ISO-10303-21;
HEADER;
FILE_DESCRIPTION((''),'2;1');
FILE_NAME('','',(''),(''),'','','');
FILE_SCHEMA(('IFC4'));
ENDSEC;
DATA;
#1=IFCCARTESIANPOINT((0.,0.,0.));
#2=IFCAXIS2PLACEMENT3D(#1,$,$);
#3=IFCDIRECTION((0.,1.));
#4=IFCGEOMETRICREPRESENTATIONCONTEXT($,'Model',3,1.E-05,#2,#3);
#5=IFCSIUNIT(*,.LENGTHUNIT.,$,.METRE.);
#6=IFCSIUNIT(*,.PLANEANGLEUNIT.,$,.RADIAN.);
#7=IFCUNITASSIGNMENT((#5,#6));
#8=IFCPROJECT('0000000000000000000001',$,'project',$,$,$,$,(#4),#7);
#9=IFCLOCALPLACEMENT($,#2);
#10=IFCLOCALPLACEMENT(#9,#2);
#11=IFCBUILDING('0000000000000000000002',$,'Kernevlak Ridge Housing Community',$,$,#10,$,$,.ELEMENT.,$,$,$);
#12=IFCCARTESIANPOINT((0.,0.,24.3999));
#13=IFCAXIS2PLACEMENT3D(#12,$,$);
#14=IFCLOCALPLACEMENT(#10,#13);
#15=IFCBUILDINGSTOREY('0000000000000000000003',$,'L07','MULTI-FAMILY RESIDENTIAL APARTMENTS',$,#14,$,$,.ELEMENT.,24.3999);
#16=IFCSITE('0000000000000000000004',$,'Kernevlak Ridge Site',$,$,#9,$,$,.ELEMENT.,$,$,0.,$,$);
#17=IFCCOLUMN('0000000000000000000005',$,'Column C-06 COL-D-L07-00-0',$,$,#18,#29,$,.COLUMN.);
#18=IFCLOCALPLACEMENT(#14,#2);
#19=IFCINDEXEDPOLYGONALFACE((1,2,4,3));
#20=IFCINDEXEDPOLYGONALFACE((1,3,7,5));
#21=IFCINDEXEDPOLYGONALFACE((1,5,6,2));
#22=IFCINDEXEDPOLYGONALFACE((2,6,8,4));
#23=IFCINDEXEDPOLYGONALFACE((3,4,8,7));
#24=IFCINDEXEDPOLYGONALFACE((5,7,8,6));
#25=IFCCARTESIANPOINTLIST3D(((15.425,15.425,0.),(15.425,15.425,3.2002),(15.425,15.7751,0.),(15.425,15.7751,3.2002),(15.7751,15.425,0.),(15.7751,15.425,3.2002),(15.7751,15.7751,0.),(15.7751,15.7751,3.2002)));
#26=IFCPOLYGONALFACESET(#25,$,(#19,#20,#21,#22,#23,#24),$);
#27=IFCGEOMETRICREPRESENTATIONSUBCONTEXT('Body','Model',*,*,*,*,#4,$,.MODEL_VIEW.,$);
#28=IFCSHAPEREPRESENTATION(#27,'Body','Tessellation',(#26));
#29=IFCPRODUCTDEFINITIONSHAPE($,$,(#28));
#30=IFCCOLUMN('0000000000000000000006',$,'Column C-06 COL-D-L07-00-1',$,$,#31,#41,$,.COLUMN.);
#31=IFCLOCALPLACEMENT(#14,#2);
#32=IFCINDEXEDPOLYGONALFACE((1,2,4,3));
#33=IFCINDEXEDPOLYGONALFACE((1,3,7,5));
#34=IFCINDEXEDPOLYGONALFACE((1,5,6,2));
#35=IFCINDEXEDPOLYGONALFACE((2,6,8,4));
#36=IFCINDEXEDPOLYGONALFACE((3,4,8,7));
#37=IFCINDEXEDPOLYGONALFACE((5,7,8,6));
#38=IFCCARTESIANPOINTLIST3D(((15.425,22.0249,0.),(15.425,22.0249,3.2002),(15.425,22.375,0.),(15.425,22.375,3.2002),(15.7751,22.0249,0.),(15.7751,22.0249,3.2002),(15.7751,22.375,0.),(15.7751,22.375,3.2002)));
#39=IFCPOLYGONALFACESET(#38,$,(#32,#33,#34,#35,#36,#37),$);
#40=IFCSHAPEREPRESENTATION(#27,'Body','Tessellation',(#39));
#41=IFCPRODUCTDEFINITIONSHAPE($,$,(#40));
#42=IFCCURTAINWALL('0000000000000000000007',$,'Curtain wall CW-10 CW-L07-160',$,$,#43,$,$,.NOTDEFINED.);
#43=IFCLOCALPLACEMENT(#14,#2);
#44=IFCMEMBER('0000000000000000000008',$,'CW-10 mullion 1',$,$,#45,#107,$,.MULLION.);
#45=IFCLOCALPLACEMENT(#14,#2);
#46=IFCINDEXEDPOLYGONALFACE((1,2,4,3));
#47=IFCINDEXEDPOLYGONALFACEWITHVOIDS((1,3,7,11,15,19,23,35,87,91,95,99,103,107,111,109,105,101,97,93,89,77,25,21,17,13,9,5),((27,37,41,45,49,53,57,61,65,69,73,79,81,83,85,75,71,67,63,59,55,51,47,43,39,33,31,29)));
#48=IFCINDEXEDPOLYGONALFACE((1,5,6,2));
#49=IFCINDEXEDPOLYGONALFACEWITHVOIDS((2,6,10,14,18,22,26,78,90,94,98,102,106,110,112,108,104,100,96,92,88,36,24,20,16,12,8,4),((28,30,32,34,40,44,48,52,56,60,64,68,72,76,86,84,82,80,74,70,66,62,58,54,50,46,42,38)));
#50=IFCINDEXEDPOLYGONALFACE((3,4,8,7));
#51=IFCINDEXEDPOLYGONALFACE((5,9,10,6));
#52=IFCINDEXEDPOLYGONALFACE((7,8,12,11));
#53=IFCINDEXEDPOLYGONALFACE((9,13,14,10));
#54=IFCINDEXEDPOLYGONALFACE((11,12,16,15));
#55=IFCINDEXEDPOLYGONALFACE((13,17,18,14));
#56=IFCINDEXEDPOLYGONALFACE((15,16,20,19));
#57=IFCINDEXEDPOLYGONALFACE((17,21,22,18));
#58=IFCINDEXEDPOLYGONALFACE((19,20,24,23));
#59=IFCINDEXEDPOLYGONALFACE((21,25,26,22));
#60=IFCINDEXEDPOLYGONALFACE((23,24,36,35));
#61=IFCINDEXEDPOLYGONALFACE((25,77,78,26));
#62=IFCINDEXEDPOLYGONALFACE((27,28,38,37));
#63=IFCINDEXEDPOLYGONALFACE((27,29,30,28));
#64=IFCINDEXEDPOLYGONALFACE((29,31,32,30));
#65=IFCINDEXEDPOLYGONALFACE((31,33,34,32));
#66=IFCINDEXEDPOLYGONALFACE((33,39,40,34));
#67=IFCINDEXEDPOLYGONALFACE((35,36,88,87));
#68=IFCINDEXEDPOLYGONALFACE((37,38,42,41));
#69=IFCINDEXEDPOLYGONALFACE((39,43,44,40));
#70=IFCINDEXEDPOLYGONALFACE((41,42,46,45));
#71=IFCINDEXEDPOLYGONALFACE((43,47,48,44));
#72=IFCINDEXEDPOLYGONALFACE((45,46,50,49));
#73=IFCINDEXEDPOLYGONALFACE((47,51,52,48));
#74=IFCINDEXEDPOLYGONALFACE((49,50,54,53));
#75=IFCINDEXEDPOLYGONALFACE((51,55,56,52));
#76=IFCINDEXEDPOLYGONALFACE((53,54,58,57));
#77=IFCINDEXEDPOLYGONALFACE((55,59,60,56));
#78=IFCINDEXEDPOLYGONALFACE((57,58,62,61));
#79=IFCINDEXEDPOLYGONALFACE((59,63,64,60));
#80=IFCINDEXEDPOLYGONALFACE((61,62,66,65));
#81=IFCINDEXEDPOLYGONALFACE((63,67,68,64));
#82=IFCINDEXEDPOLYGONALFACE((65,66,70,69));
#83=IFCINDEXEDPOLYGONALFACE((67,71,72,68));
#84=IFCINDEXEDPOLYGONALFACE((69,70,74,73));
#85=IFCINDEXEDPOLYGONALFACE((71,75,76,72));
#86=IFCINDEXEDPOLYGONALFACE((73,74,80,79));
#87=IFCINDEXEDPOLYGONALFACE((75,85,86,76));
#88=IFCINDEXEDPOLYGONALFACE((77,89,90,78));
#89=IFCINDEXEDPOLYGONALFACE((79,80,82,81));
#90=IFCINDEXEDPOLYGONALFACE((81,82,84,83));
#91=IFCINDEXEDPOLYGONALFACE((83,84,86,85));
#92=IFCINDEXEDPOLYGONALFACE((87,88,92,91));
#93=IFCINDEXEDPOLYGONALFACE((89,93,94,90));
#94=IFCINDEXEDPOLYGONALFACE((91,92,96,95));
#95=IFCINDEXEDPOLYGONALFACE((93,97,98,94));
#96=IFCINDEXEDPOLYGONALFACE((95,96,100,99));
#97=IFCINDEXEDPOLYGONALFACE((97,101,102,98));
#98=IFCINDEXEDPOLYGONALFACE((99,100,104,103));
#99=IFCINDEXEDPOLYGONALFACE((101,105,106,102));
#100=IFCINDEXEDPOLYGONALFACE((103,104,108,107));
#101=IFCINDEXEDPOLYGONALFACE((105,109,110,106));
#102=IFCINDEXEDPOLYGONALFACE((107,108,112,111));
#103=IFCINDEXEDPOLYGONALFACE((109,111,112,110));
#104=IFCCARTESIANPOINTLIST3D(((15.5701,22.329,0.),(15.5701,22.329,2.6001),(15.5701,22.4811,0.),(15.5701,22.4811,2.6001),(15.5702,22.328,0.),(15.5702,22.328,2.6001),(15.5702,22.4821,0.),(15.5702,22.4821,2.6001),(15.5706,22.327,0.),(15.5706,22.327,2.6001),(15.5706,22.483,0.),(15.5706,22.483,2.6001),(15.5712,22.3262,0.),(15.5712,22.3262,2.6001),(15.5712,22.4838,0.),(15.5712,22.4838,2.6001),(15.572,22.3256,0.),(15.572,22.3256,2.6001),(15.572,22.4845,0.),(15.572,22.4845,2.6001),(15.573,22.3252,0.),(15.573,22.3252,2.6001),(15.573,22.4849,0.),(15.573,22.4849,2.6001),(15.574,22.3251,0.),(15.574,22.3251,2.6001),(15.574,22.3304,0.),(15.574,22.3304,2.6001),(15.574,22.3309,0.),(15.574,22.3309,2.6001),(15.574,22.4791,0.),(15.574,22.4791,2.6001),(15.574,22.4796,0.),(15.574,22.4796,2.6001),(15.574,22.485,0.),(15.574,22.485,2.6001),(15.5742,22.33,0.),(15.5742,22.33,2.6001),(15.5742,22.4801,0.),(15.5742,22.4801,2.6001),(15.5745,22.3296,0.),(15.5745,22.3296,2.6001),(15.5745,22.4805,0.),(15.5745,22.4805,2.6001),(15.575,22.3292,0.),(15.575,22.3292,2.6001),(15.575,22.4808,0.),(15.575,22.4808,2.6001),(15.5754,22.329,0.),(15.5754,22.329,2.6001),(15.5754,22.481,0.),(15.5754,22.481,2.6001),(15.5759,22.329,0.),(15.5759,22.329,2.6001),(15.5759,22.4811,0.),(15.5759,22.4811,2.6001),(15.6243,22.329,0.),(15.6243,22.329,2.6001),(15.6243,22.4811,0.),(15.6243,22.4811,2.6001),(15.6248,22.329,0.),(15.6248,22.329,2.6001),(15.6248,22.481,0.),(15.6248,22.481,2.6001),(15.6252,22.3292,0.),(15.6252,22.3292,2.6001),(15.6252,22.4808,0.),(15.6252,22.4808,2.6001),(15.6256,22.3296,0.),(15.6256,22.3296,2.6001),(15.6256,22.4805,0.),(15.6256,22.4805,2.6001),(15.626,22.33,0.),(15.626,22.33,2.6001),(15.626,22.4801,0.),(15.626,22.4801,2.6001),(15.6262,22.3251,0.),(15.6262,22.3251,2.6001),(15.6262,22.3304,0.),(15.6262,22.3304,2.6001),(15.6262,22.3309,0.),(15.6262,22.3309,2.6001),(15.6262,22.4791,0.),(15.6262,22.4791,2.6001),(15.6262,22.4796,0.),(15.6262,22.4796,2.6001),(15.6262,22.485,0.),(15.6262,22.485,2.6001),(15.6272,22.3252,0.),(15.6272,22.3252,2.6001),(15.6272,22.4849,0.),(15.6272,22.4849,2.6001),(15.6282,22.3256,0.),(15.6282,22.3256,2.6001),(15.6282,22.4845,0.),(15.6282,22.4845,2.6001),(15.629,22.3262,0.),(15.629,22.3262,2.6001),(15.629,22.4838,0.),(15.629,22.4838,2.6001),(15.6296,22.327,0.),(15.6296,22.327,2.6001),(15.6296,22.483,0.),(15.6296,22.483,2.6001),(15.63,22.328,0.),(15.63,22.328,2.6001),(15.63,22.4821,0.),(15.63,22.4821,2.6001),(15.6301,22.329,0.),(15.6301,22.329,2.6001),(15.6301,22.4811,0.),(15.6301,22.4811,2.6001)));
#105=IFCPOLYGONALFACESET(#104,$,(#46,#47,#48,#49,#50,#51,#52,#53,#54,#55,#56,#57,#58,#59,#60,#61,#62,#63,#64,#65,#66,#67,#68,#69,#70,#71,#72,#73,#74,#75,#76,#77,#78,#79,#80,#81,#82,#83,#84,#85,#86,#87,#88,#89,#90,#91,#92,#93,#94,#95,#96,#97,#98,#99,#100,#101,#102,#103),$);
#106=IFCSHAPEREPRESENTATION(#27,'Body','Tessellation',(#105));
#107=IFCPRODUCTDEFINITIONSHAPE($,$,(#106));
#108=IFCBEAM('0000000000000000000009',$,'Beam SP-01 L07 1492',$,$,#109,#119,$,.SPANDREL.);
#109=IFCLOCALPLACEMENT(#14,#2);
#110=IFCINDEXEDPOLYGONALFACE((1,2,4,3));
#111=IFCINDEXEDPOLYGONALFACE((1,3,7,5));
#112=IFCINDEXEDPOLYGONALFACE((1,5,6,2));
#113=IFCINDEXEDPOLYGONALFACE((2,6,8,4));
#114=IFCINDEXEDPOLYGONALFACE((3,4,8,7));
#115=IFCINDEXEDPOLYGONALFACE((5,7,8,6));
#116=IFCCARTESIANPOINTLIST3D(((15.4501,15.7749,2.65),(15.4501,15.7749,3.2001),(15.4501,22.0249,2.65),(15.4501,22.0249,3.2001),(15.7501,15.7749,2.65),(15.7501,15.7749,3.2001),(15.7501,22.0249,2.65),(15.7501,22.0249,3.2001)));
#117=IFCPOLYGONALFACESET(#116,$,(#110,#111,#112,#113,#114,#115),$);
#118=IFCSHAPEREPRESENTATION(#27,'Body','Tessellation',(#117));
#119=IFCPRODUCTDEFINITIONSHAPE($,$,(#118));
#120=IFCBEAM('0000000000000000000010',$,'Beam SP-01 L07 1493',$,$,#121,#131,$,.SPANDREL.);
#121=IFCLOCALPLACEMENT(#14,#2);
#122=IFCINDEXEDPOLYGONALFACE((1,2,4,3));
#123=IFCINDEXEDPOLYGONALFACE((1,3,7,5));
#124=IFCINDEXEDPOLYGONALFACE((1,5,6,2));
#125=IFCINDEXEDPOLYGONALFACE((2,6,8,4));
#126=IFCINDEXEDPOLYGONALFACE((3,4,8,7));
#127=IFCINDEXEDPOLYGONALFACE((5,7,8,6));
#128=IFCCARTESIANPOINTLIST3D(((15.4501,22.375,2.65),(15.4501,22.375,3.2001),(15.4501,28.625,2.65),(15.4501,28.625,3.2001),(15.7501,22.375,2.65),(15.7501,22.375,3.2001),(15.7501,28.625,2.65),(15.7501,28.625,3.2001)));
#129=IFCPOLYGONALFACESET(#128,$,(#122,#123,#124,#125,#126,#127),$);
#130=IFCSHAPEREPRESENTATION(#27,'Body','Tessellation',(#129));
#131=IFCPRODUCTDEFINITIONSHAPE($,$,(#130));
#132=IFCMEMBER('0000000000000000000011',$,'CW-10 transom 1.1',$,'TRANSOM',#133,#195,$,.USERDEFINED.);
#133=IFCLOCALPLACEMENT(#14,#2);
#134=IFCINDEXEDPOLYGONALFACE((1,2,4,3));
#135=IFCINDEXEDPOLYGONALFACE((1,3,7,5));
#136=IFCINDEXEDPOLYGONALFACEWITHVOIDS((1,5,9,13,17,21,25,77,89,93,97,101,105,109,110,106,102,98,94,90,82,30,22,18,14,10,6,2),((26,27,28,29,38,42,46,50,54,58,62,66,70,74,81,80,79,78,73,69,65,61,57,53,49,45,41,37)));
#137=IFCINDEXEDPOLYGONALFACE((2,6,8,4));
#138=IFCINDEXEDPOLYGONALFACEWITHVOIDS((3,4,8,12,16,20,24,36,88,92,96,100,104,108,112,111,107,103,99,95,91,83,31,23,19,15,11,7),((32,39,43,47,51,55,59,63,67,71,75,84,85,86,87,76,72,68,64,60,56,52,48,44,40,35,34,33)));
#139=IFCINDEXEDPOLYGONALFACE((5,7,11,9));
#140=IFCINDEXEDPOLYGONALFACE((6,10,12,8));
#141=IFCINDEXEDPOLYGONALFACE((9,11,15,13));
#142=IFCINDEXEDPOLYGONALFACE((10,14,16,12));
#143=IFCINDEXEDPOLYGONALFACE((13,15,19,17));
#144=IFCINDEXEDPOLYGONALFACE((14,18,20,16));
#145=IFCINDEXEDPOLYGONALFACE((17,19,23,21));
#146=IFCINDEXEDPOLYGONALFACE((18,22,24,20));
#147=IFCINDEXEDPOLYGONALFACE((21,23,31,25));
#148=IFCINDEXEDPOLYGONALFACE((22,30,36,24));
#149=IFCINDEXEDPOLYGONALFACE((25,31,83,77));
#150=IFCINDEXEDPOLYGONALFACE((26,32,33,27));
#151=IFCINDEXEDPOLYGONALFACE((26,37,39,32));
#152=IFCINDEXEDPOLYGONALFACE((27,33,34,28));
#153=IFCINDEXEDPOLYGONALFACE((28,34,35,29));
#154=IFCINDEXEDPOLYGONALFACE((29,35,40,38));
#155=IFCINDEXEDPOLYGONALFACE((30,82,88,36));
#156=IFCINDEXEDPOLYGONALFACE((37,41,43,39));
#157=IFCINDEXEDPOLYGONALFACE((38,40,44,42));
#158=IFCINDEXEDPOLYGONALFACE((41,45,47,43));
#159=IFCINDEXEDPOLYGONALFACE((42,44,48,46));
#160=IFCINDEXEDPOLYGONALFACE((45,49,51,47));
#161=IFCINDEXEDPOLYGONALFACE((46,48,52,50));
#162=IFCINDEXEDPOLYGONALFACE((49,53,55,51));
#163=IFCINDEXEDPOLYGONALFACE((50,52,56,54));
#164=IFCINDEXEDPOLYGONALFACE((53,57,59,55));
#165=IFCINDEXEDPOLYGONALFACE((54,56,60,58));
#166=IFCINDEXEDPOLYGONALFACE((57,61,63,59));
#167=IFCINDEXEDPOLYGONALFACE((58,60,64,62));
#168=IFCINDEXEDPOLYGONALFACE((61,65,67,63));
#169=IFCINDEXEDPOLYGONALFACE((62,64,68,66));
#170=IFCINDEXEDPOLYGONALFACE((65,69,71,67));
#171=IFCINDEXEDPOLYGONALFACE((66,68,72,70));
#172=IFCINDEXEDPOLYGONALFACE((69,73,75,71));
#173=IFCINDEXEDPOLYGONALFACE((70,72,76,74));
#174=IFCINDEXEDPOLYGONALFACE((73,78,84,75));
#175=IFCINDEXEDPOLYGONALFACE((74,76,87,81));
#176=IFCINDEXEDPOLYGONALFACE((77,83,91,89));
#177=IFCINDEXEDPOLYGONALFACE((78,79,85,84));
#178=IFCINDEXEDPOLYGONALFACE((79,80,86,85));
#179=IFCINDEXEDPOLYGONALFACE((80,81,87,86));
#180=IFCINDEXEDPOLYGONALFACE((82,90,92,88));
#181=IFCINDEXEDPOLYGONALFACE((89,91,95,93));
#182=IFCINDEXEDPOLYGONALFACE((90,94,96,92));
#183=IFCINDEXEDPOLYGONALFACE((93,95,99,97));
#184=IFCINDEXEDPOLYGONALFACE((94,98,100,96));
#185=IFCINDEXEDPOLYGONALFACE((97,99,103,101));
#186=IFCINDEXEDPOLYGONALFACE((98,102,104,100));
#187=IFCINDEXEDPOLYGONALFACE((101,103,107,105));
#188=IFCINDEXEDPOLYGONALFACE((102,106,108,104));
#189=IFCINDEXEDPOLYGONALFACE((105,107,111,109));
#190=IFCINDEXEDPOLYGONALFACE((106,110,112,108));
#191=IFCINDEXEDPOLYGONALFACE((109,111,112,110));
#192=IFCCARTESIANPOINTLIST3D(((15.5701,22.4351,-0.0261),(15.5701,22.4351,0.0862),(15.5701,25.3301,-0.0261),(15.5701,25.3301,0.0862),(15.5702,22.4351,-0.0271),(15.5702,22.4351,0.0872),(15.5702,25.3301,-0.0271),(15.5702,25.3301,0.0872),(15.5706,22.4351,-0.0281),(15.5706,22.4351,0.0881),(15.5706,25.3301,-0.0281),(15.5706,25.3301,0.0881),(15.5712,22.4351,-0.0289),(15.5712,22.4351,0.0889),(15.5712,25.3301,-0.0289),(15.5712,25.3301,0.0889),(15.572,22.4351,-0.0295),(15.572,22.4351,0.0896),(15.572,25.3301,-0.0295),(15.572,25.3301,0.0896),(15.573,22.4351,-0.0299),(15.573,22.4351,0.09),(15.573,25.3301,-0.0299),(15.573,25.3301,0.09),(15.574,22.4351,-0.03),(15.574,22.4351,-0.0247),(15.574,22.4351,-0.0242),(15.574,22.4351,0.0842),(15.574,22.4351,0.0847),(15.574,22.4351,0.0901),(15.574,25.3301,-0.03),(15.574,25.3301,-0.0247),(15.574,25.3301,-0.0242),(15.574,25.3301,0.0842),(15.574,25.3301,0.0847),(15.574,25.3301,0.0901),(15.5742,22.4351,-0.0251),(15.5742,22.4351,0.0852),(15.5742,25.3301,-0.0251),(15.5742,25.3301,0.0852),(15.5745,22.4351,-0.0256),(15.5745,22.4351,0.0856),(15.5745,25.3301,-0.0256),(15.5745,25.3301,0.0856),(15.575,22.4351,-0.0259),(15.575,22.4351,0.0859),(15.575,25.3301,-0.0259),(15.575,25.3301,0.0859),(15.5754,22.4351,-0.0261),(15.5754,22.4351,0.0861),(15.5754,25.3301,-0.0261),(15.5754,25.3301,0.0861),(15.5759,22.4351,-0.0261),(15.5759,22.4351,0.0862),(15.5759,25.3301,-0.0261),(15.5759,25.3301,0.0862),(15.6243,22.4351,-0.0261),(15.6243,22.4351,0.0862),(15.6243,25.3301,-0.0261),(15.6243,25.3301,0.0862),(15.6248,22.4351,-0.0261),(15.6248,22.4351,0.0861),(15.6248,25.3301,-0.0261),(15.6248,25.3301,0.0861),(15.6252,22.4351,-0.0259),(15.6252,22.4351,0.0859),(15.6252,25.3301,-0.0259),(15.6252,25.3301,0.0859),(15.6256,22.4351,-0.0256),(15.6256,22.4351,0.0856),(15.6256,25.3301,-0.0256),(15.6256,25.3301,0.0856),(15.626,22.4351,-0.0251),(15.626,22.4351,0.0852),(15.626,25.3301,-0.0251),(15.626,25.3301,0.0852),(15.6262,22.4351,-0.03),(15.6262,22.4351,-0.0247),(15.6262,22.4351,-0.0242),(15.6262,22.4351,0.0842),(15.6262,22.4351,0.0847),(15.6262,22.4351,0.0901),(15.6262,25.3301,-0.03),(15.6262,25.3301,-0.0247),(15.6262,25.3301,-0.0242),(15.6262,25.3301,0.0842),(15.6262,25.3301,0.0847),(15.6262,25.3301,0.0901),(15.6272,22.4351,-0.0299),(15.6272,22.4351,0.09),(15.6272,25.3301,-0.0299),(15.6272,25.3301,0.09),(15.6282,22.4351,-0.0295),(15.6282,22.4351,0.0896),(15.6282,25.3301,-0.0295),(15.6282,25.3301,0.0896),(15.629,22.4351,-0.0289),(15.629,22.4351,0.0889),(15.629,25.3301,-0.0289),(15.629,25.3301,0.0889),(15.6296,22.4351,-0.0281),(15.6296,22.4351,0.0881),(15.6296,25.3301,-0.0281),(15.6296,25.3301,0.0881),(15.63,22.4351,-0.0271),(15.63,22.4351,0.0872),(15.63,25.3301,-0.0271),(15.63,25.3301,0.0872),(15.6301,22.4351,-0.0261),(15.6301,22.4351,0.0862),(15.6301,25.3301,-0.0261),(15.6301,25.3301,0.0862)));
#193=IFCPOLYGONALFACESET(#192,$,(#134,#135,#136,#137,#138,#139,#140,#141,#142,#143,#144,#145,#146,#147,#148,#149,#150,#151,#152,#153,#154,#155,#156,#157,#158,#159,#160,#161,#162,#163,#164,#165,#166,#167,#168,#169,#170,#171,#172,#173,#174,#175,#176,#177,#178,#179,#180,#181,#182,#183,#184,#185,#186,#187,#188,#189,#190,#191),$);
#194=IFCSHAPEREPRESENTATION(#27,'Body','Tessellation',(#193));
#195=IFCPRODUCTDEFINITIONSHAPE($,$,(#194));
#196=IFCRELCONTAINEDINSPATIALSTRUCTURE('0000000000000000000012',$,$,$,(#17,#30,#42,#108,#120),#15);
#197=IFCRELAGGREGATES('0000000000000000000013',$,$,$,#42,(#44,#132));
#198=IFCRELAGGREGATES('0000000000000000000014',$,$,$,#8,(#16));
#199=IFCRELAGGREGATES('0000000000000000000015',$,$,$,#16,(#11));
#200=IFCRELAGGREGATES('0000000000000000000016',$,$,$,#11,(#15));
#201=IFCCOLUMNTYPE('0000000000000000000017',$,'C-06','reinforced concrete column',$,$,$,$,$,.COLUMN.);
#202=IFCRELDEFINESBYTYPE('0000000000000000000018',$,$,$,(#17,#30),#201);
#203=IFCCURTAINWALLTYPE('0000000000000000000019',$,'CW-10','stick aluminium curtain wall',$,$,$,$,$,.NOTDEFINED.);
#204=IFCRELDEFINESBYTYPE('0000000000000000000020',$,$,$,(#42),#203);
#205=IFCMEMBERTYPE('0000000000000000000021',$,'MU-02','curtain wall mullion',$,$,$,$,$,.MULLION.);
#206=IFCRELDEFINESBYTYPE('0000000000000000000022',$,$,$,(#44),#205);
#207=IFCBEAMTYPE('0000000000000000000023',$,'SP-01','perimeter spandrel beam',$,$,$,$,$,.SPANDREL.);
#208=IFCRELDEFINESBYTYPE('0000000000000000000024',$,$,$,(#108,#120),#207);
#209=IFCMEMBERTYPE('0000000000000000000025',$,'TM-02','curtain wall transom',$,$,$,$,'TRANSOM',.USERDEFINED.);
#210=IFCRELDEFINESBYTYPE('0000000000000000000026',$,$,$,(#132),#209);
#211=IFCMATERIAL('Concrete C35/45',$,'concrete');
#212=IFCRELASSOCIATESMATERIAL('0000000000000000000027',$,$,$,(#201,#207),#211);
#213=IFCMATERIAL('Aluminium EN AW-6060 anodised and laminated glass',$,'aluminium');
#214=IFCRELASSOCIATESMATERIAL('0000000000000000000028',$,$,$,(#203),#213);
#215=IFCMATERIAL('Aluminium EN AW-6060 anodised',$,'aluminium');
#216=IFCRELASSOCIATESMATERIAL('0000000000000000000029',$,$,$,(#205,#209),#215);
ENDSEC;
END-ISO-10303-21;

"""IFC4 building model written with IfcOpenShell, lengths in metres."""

from ifc_helpers import new_model, si_unit, direction, frame, origin, origin_2d, place, context, subcontext, project, spatial, rectangle, hollow_rectangle, extrude, material, material_profile, profile_set, type_object, element, aggregate, save


model = new_model("IFC4")

# Units and contexts
model_context = context("Model", 3, precision=1e-05, world=origin(), true_north=direction((0.0, 1.0)))
body_context = subcontext(model_context, "Body", "Model", "MODEL_VIEW")
ifc_project = project(units=[si_unit("LENGTHUNIT", "METRE"), si_unit("PLANEANGLEUNIT", "RADIAN")], contexts=[model_context])

# Site, building, storey
site_placement = place(None, origin())
site = spatial("IfcSite", under=ifc_project, at=site_placement, Name="Kernevlak Ridge Site", CompositionType="ELEMENT", RefElevation=0.0)
building_placement = place(site_placement, origin())
building = spatial("IfcBuilding", under=site, at=building_placement, Name="Kernevlak Ridge Housing Community", CompositionType="ELEMENT")
storey_placement = place(building_placement, frame((0.0, 0.0, 24.3999)))
storey = spatial("IfcBuildingStorey", under=building, at=storey_placement, Name="L07", Description="MULTI-FAMILY RESIDENTIAL APARTMENTS", CompositionType="ELEMENT", Elevation=24.3999)

# Columns
ifc_material_1 = material(Name="Concrete C35/45", Category="concrete")
ifc_material_profile_1 = material_profile(ifc_material_1, rectangle(XDim=0.3501, YDim=0.3501, at=origin_2d()), Name="RC 350x350")
ifc_profile_set_1 = profile_set([ifc_material_profile_1], Name="Concrete C35/45")
column_type = type_object("IfcColumnType", Name="C-06", Description="reinforced concrete column", PredefinedType="COLUMN", material=ifc_profile_set_1)
for number, where, z_axis, x_axis, name in (
    (1, (15.6001, 15.6001, 0.0), (0.0, 0.0, 1.0), (1.0, 0.0, 0.0), "Column C-06 COL-D-L07-00-0"),
    (2, (15.6001, 22.2, 0.0), (0.0, 0.0, 1.0), (1.0, 0.0, 0.0), "Column C-06 COL-D-L07-00-1"),
):
    element("IfcColumn", number, at=place(storey_placement, frame(where, z_axis=z_axis, x_axis=x_axis)), inside=storey, type_object=column_type, Name=name, PredefinedType="COLUMN", context=body_context, shape_type="SweptSolid", body=[
        extrude(rectangle(XDim=0.3501, YDim=0.3501, at=origin_2d()), origin(), (0.0, 0.0, 1.0), 3.2002),
    ])

# Curtain wall, member
ifc_material_2 = material(Name="Aluminium EN AW-6060 anodised and laminated glass", Category="aluminium")
curtain_wall_type = type_object("IfcCurtainWallType", Name="CW-10", Description="stick aluminium curtain wall", PredefinedType="NOTDEFINED", material=ifc_material_2)
curtain_wall_placement = place(storey_placement, origin())
curtain_wall = element("IfcCurtainWall", 3, at=curtain_wall_placement, inside=storey, type_object=curtain_wall_type, Name="Curtain wall CW-10 CW-L07-160", PredefinedType="NOTDEFINED")
ifc_material_3 = material(Name="Aluminium EN AW-6060 anodised", Category="aluminium")
ifc_material_profile_2 = material_profile(ifc_material_3, hollow_rectangle(XDim=0.0601, YDim=0.1599, WallThickness=0.0039, InnerFilletRadius=0.002, OuterFilletRadius=0.0039, at=origin_2d()), Name="ALU 60x160x4")
ifc_profile_set_2 = profile_set([ifc_material_profile_2], Name="Aluminium EN AW-6060 anodised")
member_type_1 = type_object("IfcMemberType", Name="MU-02", Description="curtain wall mullion", PredefinedType="MULLION", material=ifc_profile_set_2)
member_1_placement = place(storey_placement, frame((15.6001, 22.405, 0.0), z_axis=(0.0, 0.0, 1.0), x_axis=(-1.0, 0.0, 0.0)))
member_1 = element("IfcMember", 4, at=member_1_placement, type_object=member_type_1, Name="CW-10 mullion 1", PredefinedType="MULLION", context=body_context, shape_type="SweptSolid", body=[
    extrude(hollow_rectangle(XDim=0.0601, YDim=0.1599, WallThickness=0.0039, InnerFilletRadius=0.002, OuterFilletRadius=0.0039, at=origin_2d()), origin(), (0.0, 0.0, 1.0), 2.6001),
])

# Beams
ifc_material_profile_3 = material_profile(ifc_material_1, rectangle(XDim=0.3, YDim=0.55, at=origin_2d()), Name="RC 300x550")
ifc_profile_set_3 = profile_set([ifc_material_profile_3], Name="Concrete C35/45")
beam_type = type_object("IfcBeamType", Name="SP-01", Description="perimeter spandrel beam", PredefinedType="SPANDREL", material=ifc_profile_set_3)
for number, where, z_axis, x_axis, name in (
    (5, (15.6001, 15.7749, 2.925), (0.0, 1.0, 0.0), (-1.0, 0.0, 0.0), "Beam SP-01 L07 1492"),
    (6, (15.6001, 22.375, 2.925), (0.0, 1.0, 0.0), (-1.0, 0.0, 0.0), "Beam SP-01 L07 1493"),
):
    element("IfcBeam", number, at=place(storey_placement, frame(where, z_axis=z_axis, x_axis=x_axis)), inside=storey, type_object=beam_type, Name=name, PredefinedType="SPANDREL", context=body_context, shape_type="SweptSolid", body=[
        extrude(rectangle(XDim=0.3, YDim=0.55, at=origin_2d()), origin(), (0.0, 0.0, 1.0), 6.25),
    ])

# Member
ifc_material_profile_4 = material_profile(ifc_material_3, hollow_rectangle(XDim=0.0601, YDim=0.1201, WallThickness=0.0039, InnerFilletRadius=0.002, OuterFilletRadius=0.0039, at=origin_2d()), Name="ALU 60x120x4")
ifc_profile_set_4 = profile_set([ifc_material_profile_4], Name="Aluminium EN AW-6060 anodised")
member_type_2 = type_object("IfcMemberType", Name="TM-02", Description="curtain wall transom", ElementType="TRANSOM", PredefinedType="USERDEFINED", material=ifc_profile_set_4)
member_2_placement = place(storey_placement, frame((15.6001, 22.4351, 0.03), z_axis=(0.0, 1.0, 0.0), x_axis=(-1.0, 0.0, 0.0)))
member_2 = element("IfcMember", 7, at=member_2_placement, type_object=member_type_2, Name="CW-10 transom 1.1", ObjectType="TRANSOM", PredefinedType="USERDEFINED", context=body_context, shape_type="SweptSolid", body=[
    extrude(hollow_rectangle(XDim=0.0601, YDim=0.1201, WallThickness=0.0039, InnerFilletRadius=0.002, OuterFilletRadius=0.0039, at=origin_2d()), origin(), (0.0, 0.0, 1.0), 2.895),
])
aggregate(curtain_wall, [member_1, member_2])

save(model, "model.ifc")
